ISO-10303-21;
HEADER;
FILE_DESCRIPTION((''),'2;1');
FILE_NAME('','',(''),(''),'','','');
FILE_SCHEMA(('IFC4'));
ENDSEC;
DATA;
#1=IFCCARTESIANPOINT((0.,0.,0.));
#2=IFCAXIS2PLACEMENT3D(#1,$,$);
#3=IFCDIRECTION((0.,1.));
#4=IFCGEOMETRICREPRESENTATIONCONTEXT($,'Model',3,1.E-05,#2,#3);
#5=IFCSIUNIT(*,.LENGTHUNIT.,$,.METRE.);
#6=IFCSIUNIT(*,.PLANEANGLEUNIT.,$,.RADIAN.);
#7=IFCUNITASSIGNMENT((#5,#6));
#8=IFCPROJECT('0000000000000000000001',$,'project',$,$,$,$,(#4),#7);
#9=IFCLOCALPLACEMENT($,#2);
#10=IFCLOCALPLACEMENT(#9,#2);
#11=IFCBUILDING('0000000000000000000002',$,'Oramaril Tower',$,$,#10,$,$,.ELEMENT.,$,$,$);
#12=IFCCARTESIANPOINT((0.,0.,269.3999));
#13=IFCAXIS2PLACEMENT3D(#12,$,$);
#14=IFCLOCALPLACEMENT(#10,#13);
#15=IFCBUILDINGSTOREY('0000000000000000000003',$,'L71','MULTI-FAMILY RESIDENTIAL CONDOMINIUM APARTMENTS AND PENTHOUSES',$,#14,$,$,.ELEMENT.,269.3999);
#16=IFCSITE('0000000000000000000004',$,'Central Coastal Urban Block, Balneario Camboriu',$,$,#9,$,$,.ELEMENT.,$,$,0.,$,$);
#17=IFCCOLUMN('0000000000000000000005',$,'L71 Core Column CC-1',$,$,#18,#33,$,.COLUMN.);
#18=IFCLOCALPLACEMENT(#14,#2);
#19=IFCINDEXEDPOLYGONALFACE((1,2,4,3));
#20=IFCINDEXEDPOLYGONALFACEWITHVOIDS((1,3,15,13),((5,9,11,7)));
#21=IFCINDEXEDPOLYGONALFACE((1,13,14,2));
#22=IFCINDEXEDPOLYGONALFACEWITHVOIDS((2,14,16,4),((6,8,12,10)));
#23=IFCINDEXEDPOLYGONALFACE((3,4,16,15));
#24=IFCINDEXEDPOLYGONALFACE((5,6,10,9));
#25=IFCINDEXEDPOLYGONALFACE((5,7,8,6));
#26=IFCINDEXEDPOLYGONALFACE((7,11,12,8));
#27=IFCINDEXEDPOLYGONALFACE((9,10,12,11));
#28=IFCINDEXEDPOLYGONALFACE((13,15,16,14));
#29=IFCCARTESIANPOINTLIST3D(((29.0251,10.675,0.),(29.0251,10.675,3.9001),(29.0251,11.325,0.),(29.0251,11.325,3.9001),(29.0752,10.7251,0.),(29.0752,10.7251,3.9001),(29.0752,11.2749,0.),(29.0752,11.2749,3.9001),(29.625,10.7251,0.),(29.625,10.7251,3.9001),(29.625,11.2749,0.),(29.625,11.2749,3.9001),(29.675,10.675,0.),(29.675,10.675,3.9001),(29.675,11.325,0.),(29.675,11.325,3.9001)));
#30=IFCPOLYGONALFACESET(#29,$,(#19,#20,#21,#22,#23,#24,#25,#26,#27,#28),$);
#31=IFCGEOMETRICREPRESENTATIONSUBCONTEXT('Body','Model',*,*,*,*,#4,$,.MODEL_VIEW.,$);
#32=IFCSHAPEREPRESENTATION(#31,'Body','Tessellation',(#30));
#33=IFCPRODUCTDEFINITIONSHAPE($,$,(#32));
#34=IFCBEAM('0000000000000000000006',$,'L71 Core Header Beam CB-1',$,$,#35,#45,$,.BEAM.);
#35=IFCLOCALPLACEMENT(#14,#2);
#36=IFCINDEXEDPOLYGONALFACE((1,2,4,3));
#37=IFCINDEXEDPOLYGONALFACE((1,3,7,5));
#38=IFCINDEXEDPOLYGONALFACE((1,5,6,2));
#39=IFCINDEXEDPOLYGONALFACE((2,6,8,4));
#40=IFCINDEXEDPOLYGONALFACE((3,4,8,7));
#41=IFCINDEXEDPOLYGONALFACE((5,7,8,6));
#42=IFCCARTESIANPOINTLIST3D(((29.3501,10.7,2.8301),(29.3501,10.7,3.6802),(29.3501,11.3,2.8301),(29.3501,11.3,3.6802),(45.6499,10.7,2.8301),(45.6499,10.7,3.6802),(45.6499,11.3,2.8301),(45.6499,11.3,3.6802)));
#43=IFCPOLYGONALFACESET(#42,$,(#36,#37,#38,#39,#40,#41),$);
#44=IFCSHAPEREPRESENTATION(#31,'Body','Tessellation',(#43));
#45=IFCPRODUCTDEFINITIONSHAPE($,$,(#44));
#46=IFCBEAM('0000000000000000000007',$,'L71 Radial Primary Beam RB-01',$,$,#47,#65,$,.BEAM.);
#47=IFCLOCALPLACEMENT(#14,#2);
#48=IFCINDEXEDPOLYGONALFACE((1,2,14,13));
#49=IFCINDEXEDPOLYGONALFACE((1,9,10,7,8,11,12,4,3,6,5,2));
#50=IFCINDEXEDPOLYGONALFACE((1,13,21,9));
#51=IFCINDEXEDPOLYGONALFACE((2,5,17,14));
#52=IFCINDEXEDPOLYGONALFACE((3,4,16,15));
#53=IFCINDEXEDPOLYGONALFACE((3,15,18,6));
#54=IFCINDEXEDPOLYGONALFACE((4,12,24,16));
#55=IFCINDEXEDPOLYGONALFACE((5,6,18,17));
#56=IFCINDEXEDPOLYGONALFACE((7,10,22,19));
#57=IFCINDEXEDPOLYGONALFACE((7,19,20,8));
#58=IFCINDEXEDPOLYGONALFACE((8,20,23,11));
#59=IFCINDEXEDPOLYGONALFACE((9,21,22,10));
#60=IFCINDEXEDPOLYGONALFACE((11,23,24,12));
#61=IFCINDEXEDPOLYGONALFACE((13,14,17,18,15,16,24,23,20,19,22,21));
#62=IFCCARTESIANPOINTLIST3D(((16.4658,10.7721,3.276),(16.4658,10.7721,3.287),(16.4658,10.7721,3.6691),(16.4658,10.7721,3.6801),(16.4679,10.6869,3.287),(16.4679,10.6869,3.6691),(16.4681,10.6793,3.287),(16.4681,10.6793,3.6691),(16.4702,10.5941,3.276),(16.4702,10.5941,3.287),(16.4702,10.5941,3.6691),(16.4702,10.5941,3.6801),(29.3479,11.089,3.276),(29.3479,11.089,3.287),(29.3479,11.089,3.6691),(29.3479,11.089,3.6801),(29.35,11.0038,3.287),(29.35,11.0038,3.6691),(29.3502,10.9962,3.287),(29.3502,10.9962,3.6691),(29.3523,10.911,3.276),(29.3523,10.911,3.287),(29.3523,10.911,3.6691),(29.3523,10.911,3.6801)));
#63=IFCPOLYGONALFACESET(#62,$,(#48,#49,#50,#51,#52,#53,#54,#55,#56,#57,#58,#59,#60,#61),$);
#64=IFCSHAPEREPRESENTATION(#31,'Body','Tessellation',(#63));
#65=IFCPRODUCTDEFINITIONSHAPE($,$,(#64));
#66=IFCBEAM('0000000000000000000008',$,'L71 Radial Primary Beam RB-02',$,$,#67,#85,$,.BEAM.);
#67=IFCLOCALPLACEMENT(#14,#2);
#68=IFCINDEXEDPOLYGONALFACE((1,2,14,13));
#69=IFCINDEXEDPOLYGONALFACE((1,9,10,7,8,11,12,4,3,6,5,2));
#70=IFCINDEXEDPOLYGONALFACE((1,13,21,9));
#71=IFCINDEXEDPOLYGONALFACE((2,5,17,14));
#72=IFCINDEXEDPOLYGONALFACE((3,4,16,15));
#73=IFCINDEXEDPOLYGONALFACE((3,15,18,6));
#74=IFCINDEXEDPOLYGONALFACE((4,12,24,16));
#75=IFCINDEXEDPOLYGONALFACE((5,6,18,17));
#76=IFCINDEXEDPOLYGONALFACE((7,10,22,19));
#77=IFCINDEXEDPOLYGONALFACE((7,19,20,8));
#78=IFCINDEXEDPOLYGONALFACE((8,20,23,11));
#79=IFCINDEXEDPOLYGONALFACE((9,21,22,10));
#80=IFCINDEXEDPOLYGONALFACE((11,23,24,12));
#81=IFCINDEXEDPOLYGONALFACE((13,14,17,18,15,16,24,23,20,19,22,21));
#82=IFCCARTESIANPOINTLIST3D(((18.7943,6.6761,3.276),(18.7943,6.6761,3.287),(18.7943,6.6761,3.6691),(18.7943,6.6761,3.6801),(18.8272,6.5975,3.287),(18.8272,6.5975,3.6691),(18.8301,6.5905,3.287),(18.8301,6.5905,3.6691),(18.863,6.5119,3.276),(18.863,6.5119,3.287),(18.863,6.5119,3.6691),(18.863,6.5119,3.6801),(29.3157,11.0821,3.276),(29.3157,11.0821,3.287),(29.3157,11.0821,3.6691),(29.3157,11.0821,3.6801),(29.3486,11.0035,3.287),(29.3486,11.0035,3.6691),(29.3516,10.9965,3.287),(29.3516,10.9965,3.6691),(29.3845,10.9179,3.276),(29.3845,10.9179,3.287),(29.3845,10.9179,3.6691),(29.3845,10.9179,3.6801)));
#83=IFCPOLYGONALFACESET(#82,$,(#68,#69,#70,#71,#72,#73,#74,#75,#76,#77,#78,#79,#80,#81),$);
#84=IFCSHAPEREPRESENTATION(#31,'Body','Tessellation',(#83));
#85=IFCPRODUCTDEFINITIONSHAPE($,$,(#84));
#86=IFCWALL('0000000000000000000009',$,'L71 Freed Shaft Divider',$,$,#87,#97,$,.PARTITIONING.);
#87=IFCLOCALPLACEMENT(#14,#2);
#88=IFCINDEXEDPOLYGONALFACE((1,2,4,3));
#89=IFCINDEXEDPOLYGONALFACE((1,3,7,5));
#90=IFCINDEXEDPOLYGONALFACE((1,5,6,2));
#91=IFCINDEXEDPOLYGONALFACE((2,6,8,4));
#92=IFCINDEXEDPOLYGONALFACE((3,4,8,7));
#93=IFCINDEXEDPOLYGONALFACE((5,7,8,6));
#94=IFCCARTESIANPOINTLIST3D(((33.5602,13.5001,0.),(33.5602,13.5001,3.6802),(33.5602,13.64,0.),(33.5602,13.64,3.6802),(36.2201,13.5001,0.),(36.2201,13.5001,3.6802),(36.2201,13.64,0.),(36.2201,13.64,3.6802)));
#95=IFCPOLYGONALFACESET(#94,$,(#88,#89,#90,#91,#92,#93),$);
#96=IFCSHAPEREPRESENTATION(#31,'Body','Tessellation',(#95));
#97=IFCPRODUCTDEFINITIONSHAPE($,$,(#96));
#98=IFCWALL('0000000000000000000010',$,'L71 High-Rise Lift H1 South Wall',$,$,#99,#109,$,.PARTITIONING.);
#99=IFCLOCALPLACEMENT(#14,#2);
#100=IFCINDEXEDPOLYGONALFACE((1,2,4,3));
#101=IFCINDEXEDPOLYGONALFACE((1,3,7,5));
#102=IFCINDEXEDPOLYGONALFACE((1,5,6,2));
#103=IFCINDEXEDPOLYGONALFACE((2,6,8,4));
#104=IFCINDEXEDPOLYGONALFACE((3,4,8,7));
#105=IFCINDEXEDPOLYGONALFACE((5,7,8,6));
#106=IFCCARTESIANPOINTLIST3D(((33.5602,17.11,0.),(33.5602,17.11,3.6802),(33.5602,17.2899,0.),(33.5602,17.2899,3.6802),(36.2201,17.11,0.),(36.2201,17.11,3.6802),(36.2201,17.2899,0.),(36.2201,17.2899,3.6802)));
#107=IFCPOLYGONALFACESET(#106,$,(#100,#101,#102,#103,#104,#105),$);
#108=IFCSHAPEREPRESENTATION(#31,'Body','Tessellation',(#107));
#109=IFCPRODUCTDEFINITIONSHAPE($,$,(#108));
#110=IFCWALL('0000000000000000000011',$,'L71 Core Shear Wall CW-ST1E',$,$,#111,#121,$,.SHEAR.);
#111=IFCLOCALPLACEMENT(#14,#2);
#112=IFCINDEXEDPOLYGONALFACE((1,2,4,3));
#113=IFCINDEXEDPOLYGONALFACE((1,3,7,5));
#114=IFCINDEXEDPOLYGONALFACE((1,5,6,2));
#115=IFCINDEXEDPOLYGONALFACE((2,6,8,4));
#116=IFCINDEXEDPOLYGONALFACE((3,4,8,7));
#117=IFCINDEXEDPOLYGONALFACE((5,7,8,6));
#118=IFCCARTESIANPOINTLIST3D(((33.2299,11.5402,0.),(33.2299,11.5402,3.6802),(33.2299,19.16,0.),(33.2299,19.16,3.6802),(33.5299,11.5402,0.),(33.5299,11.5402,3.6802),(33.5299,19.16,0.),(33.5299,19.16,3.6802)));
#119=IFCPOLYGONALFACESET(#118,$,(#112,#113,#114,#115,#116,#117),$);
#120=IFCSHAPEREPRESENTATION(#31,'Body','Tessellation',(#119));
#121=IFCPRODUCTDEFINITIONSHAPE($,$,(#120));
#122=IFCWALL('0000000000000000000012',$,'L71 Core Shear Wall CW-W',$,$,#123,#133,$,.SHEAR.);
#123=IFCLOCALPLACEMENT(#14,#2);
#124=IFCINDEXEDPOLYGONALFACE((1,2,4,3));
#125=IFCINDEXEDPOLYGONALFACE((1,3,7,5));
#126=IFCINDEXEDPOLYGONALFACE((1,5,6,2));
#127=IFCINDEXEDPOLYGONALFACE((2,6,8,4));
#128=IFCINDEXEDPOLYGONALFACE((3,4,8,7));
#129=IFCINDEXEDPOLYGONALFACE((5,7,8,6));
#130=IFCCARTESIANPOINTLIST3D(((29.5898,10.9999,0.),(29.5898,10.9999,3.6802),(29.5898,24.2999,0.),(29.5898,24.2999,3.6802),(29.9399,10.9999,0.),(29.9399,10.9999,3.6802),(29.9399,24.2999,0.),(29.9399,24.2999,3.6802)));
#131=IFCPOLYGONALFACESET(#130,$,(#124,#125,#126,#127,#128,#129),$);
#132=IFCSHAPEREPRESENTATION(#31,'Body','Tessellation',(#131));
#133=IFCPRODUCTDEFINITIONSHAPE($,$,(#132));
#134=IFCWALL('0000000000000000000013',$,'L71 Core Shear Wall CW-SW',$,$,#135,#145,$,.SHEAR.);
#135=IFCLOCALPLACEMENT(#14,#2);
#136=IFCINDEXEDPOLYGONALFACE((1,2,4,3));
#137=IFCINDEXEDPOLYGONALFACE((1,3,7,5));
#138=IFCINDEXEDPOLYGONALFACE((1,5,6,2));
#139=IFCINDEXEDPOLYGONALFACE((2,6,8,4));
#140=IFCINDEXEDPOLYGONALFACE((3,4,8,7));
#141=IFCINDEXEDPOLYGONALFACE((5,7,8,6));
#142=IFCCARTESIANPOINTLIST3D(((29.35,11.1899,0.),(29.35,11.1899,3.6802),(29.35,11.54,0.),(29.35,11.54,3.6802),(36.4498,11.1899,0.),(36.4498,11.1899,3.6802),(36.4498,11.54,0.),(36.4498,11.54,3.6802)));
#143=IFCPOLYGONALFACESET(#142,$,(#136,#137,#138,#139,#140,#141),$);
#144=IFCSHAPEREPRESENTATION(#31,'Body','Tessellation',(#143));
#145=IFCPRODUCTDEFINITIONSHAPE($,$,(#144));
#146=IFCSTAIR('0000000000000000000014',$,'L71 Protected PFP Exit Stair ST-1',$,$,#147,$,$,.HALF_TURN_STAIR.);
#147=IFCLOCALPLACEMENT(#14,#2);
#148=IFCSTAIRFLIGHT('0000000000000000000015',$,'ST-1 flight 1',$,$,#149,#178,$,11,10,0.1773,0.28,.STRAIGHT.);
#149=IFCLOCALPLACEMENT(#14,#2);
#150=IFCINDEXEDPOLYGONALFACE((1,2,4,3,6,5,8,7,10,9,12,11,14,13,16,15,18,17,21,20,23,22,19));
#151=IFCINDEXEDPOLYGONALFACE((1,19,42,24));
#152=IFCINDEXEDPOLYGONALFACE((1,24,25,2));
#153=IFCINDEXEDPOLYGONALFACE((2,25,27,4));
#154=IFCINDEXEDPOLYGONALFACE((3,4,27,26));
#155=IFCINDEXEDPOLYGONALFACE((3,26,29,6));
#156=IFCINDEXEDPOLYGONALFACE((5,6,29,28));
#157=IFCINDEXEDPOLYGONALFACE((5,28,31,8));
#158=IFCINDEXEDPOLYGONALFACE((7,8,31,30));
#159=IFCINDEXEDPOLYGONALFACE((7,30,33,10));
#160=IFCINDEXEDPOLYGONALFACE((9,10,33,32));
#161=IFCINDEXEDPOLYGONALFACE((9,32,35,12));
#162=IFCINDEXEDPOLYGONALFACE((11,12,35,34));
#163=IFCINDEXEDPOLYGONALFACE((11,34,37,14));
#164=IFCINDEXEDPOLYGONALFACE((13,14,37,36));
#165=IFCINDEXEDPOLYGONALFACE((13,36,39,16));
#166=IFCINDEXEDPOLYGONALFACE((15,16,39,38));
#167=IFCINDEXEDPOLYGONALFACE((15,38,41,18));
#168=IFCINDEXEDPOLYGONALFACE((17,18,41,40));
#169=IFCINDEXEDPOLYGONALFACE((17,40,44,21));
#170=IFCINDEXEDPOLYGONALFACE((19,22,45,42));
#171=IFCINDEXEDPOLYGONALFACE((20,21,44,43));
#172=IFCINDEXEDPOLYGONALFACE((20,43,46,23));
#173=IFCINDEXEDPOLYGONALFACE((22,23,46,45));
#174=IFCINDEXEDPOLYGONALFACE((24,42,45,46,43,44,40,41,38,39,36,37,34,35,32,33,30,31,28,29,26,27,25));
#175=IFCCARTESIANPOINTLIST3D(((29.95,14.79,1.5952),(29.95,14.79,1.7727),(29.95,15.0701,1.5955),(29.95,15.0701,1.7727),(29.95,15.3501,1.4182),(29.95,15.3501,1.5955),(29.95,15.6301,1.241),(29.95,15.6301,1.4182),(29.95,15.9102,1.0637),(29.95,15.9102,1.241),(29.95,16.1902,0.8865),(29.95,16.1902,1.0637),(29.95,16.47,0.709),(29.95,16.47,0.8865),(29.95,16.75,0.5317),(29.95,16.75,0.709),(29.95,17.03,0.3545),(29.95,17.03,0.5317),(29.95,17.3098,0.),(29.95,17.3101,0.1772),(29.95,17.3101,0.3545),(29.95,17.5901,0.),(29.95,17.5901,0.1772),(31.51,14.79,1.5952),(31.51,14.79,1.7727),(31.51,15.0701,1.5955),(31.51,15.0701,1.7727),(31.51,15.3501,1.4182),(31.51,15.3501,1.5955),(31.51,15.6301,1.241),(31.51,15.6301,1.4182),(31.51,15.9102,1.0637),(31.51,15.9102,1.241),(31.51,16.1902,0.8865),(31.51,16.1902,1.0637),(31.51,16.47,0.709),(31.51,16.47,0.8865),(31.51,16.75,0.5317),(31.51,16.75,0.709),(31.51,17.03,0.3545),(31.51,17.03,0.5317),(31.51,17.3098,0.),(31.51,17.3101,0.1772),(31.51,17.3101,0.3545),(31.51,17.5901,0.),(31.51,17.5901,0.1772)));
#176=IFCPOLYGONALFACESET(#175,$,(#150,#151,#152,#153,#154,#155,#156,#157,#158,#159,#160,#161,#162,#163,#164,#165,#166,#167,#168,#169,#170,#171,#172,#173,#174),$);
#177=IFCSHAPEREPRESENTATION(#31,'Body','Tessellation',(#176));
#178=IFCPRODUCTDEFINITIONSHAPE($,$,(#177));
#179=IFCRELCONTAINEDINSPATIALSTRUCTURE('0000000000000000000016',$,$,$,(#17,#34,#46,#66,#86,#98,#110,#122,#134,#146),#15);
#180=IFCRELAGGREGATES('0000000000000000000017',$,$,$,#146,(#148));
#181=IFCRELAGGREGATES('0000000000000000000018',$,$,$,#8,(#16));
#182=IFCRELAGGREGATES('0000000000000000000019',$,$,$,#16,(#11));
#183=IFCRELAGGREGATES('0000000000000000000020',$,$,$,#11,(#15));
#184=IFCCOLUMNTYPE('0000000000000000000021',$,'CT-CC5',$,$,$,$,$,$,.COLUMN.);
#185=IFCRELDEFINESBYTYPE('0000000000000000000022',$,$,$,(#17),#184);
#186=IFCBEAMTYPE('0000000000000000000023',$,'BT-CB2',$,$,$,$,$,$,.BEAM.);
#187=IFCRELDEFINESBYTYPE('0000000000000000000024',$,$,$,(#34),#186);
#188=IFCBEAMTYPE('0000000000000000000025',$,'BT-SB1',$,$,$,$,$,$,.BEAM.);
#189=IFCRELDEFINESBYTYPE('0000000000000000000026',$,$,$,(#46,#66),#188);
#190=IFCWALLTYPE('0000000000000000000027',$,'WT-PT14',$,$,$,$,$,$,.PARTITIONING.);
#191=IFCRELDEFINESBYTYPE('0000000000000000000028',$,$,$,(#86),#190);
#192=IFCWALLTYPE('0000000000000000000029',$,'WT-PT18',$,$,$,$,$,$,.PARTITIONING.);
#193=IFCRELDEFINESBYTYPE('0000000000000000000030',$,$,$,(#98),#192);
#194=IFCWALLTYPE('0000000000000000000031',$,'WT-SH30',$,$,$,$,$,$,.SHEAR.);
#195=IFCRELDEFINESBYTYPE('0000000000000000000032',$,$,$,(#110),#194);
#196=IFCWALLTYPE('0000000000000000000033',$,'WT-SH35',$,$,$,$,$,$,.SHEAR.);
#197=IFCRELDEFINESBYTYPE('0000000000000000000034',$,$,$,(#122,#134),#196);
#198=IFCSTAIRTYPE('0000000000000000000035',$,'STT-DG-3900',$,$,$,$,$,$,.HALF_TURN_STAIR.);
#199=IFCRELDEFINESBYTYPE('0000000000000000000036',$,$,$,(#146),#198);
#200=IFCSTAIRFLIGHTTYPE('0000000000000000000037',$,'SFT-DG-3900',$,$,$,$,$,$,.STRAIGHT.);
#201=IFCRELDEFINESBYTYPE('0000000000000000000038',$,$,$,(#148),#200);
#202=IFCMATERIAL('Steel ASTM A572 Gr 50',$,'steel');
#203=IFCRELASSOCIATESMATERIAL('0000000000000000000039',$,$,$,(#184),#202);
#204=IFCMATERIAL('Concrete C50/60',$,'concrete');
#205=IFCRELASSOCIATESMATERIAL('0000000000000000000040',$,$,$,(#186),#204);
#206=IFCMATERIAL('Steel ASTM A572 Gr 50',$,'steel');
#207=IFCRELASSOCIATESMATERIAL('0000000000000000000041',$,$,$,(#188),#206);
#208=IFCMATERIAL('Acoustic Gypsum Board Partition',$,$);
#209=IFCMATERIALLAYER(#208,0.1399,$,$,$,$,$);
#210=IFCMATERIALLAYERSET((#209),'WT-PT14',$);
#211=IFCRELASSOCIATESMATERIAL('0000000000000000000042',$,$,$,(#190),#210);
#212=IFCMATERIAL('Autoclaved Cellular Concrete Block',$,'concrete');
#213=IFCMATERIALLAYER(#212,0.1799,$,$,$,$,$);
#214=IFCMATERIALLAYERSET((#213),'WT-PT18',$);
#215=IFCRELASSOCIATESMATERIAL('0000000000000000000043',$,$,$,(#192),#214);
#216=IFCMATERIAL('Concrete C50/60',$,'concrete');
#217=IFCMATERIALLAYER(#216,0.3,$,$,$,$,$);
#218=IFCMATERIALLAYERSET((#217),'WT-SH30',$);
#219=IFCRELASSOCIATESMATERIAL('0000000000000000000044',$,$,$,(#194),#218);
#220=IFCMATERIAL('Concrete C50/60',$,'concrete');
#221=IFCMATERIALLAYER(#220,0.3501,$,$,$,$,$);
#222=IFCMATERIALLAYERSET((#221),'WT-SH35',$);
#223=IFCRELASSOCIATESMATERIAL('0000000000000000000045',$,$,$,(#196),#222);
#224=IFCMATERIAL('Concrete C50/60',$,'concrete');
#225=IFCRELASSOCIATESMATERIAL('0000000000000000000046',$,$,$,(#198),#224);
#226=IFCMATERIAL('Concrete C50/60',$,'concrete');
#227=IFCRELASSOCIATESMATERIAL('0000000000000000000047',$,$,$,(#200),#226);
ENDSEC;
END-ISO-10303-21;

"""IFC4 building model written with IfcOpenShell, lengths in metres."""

from ifc_helpers import new_model, si_unit, direction, frame, frame_2d, origin, origin_2d, place, context, subcontext, project, spatial, polyline, rectangle, hollow_rectangle, i_section, outline, extrude, material, layer, layer_set, material_profile, profile_set, type_object, element, aggregate, save


model = new_model("IFC4")

# Units and contexts
model_context = context("Model", 3, precision=1e-05, world=origin(), true_north=direction((0.0, 1.0)))
body_context = subcontext(model_context, "Body", "Model", "MODEL_VIEW")
ifc_project = project(units=[si_unit("LENGTHUNIT", "METRE"), si_unit("PLANEANGLEUNIT", "RADIAN")], contexts=[model_context])

# Site, building, storey
site_placement = place(None, origin())
site = spatial("IfcSite", under=ifc_project, at=site_placement, Name="Central Coastal Urban Block, Balneario Camboriu", CompositionType="ELEMENT", RefElevation=0.0)
building_placement = place(site_placement, origin())
building = spatial("IfcBuilding", under=site, at=building_placement, Name="Oramaril Tower", CompositionType="ELEMENT")
storey_placement = place(building_placement, frame((0.0, 0.0, 269.3999)))
storey = spatial("IfcBuildingStorey", under=building, at=storey_placement, Name="L71", Description="MULTI-FAMILY RESIDENTIAL CONDOMINIUM APARTMENTS AND PENTHOUSES", CompositionType="ELEMENT", Elevation=269.3999)

# Column
ifc_material_1 = material(Name="Steel ASTM A572 Gr 50", Category="steel")
ifc_material_profile_1 = material_profile(ifc_material_1, hollow_rectangle(XDim=0.6499, YDim=0.6499, WallThickness=0.05, at=origin_2d()), Name="BOX650X650X50")
ifc_profile_set_1 = profile_set([ifc_material_profile_1], Name="Steel ASTM A572 Gr 50")
column_type = type_object("IfcColumnType", Name="CT-CC5", PredefinedType="COLUMN", material=ifc_profile_set_1)
column_placement = place(storey_placement, frame((29.3501, 11.0, 0.0), z_axis=(0.0, 0.0, 1.0), x_axis=(1.0, 0.0, 0.0)))
element("IfcColumn", 1, at=column_placement, inside=storey, type_object=column_type, Name="L71 Core Column CC-1", PredefinedType="COLUMN", context=body_context, shape_type="SweptSolid", body=[
    extrude(hollow_rectangle(XDim=0.6499, YDim=0.6499, WallThickness=0.05, at=origin_2d()), origin(), (0.0, 0.0, 1.0), 3.9001),
])

# Beams
ifc_material_2 = material(Name="Concrete C50/60", Category="concrete")
ifc_material_profile_2 = material_profile(ifc_material_2, rectangle(XDim=0.6001, YDim=0.8501, at=origin_2d()), Name="CB600X850")
ifc_profile_set_2 = profile_set([ifc_material_profile_2], Name="Concrete C50/60")
beam_type_1 = type_object("IfcBeamType", Name="BT-CB2", PredefinedType="BEAM", material=ifc_profile_set_2)
beam_1_placement = place(storey_placement, frame((29.3501, 11.0, 3.2551), z_axis=(1.0, 0.0, 0.0), x_axis=(0.0, 1.0, 0.0)))
element("IfcBeam", 2, at=beam_1_placement, inside=storey, type_object=beam_type_1, Name="L71 Core Header Beam CB-1", PredefinedType="BEAM", context=body_context, shape_type="SweptSolid", body=[
    extrude(rectangle(XDim=0.6001, YDim=0.8501, at=origin_2d()), origin(), (0.0, 0.0, 1.0), 16.2998),
])
ifc_material_3 = material(Name="Steel ASTM A572 Gr 50", Category="steel")
ifc_material_profile_3 = material_profile(ifc_material_3, i_section(OverallWidth=0.178, OverallDepth=0.4041, WebThickness=0.0076, FlangeThickness=0.011, at=origin_2d()), Name="W16X36")
ifc_profile_set_3 = profile_set([ifc_material_profile_3], Name="Steel ASTM A572 Gr 50")
beam_type_2 = type_object("IfcBeamType", Name="BT-SB1", PredefinedType="BEAM", material=ifc_profile_set_3)
beam_2_placement = place(storey_placement, frame((29.3501, 11.0, 3.478), z_axis=(-0.999698, -0.024592, 0.0), x_axis=(0.024592, -0.999698, 0.0)))
element("IfcBeam", 3, at=beam_2_placement, inside=storey, type_object=beam_type_2, Name="L71 Radial Primary Beam RB-01", PredefinedType="BEAM", context=body_context, shape_type="SweptSolid", body=[
    extrude(i_section(OverallWidth=0.178, OverallDepth=0.4041, WebThickness=0.0076, FlangeThickness=0.011, at=origin_2d()), origin(), (0.0, 0.0, 1.0), 12.886),
])
beam_3_placement = place(storey_placement, frame((29.3501, 11.0, 3.478), z_axis=(-0.922389, -0.386262, 0.0), x_axis=(0.386262, -0.922389, 0.0)))
element("IfcBeam", 4, at=beam_3_placement, inside=storey, type_object=beam_type_2, Name="L71 Radial Primary Beam RB-02", PredefinedType="BEAM", context=body_context, shape_type="SweptSolid", body=[
    extrude(i_section(OverallWidth=0.178, OverallDepth=0.4041, WebThickness=0.0076, FlangeThickness=0.011, at=origin_2d()), origin(), (0.0, 0.0, 1.0), 11.4067),
])

# Walls
ifc_material_4 = material(Name="Acoustic Gypsum Board Partition")
ifc_layer_1 = layer(ifc_material_4, 0.1399)
ifc_layer_set_1 = layer_set([ifc_layer_1], Name="WT-PT14")
wall_type_1 = type_object("IfcWallType", Name="WT-PT14", PredefinedType="PARTITIONING", material=ifc_layer_set_1)
wall_1_placement = place(storey_placement, frame((33.5601, 13.5701, 0.0), z_axis=(0.0, 0.0, 1.0), x_axis=(1.0, 0.0, 0.0)))
element("IfcWall", 5, at=wall_1_placement, inside=storey, type_object=wall_type_1, Name="L71 Freed Shaft Divider", PredefinedType="PARTITIONING", context=body_context, shape_type="SweptSolid", body=[
    extrude(rectangle(XDim=2.6599, YDim=0.1399, at=frame_2d((1.3301, 0.0))), origin(), (0.0, 0.0, 1.0), 3.6802),
])
ifc_material_5 = material(Name="Autoclaved Cellular Concrete Block", Category="concrete")
ifc_layer_2 = layer(ifc_material_5, 0.1799)
ifc_layer_set_2 = layer_set([ifc_layer_2], Name="WT-PT18")
wall_type_2 = type_object("IfcWallType", Name="WT-PT18", PredefinedType="PARTITIONING", material=ifc_layer_set_2)
wall_2_placement = place(storey_placement, frame((33.5601, 17.2, 0.0), z_axis=(0.0, 0.0, 1.0), x_axis=(1.0, 0.0, 0.0)))
element("IfcWall", 6, at=wall_2_placement, inside=storey, type_object=wall_type_2, Name="L71 High-Rise Lift H1 South Wall", PredefinedType="PARTITIONING", context=body_context, shape_type="SweptSolid", body=[
    extrude(rectangle(XDim=2.6599, YDim=0.1799, at=frame_2d((1.3301, 0.0))), origin(), (0.0, 0.0, 1.0), 3.6802),
])

# Shared definitions
ifc_material_6 = material(Name="Concrete C50/60", Category="concrete")
ifc_layer_3 = layer(ifc_material_6, 0.3)
ifc_layer_set_3 = layer_set([ifc_layer_3], Name="WT-SH30")
wall_type_3 = type_object("IfcWallType", Name="WT-SH30", PredefinedType="SHEAR", material=ifc_layer_set_3)

# Walls
wall_3_placement = place(storey_placement, frame((33.3799, 11.54, 0.0), z_axis=(0.0, 0.0, 1.0), x_axis=(0.0, 1.0, 0.0)))
element("IfcWall", 7, at=wall_3_placement, inside=storey, type_object=wall_type_3, Name="L71 Core Shear Wall CW-ST1E", PredefinedType="SHEAR", context=body_context, shape_type="SweptSolid", body=[
    extrude(rectangle(XDim=7.6199, YDim=0.3, at=frame_2d((3.8101, 0.0))), origin(), (0.0, 0.0, 1.0), 3.6802),
])
ifc_material_7 = material(Name="Concrete C50/60", Category="concrete")
ifc_layer_4 = layer(ifc_material_7, 0.3501)
ifc_layer_set_4 = layer_set([ifc_layer_4], Name="WT-SH35")
wall_type_4 = type_object("IfcWallType", Name="WT-SH35", PredefinedType="SHEAR", material=ifc_layer_set_4)
wall_4_placement = place(storey_placement, frame((29.7649, 11.0, 0.0), z_axis=(0.0, 0.0, 1.0), x_axis=(0.0, 1.0, 0.0)))
element("IfcWall", 8, at=wall_4_placement, inside=storey, type_object=wall_type_4, Name="L71 Core Shear Wall CW-W", PredefinedType="SHEAR", context=body_context, shape_type="SweptSolid", body=[
    extrude(rectangle(XDim=13.3, YDim=0.3501, at=frame_2d((6.6499, 0.0))), origin(), (0.0, 0.0, 1.0), 3.6802),
])
wall_5_placement = place(storey_placement, frame((29.3501, 11.365, 0.0), z_axis=(0.0, 0.0, 1.0), x_axis=(1.0, 0.0, 0.0)))
element("IfcWall", 9, at=wall_5_placement, inside=storey, type_object=wall_type_4, Name="L71 Core Shear Wall CW-SW", PredefinedType="SHEAR", context=body_context, shape_type="SweptSolid", body=[
    extrude(rectangle(XDim=7.0999, YDim=0.3501, at=frame_2d((3.5498, 0.0))), origin(), (0.0, 0.0, 1.0), 3.6802),
])

# Stair, stair flight
ifc_material_8 = material(Name="Concrete C50/60", Category="concrete")
stair_type = type_object("IfcStairType", Name="STT-DG-3900", PredefinedType="HALF_TURN_STAIR", material=ifc_material_8)
stair_placement = place(storey_placement, origin())
stair = element("IfcStair", 10, at=stair_placement, inside=storey, type_object=stair_type, Name="L71 Protected PFP Exit Stair ST-1", PredefinedType="HALF_TURN_STAIR")
ifc_material_9 = material(Name="Concrete C50/60", Category="concrete")
stair_flight_type = type_object("IfcStairFlightType", Name="SFT-DG-3900", PredefinedType="STRAIGHT", material=ifc_material_9)
stair_flight_1_placement = place(storey_placement, frame((30.73, 17.5901, 0.0), z_axis=(0.0, 0.0, 1.0), x_axis=(0.0, -1.0, 0.0)))
stair_flight_1 = element("IfcStairFlight", 11, at=stair_flight_1_placement, type_object=stair_flight_type, Name="ST-1 flight 1", NumberOfRisers=11, NumberOfTreads=10, PredefinedType="STRAIGHT", RiserHeight=0.1773, TreadLength=0.28, context=body_context, shape_type="SweptSolid", body=[
    extrude(outline(polyline([(0.0, 0.0), (0.0, 0.1772), (0.28, 0.1772), (0.28, 0.3545), (0.5601, 0.3545), (0.5601, 0.5317), (0.8401, 0.5317), (0.8401, 0.709), (1.1201, 0.709), (1.1201, 0.8865), (1.3999, 0.8865), (1.3999, 1.0637), (1.6799, 1.0637), (1.6799, 1.241), (1.96, 1.241), (1.96, 1.4182), (2.24, 1.4182), (2.24, 1.5955), (2.52, 1.5955), (2.52, 1.7727), (2.8, 1.7727), (2.8, 1.95), (2.8, 1.5952), (0.2803, 0.0), (0.0, 0.0)])), frame((0.0, 0.78, 0.0), z_axis=(0.0, -1.0, 0.0), x_axis=(1.0, 0.0, 0.0)), (0.0, 0.0, 1.0), 1.5601),
])
aggregate(stair, [stair_flight_1])

save(model, "model.ifc")
